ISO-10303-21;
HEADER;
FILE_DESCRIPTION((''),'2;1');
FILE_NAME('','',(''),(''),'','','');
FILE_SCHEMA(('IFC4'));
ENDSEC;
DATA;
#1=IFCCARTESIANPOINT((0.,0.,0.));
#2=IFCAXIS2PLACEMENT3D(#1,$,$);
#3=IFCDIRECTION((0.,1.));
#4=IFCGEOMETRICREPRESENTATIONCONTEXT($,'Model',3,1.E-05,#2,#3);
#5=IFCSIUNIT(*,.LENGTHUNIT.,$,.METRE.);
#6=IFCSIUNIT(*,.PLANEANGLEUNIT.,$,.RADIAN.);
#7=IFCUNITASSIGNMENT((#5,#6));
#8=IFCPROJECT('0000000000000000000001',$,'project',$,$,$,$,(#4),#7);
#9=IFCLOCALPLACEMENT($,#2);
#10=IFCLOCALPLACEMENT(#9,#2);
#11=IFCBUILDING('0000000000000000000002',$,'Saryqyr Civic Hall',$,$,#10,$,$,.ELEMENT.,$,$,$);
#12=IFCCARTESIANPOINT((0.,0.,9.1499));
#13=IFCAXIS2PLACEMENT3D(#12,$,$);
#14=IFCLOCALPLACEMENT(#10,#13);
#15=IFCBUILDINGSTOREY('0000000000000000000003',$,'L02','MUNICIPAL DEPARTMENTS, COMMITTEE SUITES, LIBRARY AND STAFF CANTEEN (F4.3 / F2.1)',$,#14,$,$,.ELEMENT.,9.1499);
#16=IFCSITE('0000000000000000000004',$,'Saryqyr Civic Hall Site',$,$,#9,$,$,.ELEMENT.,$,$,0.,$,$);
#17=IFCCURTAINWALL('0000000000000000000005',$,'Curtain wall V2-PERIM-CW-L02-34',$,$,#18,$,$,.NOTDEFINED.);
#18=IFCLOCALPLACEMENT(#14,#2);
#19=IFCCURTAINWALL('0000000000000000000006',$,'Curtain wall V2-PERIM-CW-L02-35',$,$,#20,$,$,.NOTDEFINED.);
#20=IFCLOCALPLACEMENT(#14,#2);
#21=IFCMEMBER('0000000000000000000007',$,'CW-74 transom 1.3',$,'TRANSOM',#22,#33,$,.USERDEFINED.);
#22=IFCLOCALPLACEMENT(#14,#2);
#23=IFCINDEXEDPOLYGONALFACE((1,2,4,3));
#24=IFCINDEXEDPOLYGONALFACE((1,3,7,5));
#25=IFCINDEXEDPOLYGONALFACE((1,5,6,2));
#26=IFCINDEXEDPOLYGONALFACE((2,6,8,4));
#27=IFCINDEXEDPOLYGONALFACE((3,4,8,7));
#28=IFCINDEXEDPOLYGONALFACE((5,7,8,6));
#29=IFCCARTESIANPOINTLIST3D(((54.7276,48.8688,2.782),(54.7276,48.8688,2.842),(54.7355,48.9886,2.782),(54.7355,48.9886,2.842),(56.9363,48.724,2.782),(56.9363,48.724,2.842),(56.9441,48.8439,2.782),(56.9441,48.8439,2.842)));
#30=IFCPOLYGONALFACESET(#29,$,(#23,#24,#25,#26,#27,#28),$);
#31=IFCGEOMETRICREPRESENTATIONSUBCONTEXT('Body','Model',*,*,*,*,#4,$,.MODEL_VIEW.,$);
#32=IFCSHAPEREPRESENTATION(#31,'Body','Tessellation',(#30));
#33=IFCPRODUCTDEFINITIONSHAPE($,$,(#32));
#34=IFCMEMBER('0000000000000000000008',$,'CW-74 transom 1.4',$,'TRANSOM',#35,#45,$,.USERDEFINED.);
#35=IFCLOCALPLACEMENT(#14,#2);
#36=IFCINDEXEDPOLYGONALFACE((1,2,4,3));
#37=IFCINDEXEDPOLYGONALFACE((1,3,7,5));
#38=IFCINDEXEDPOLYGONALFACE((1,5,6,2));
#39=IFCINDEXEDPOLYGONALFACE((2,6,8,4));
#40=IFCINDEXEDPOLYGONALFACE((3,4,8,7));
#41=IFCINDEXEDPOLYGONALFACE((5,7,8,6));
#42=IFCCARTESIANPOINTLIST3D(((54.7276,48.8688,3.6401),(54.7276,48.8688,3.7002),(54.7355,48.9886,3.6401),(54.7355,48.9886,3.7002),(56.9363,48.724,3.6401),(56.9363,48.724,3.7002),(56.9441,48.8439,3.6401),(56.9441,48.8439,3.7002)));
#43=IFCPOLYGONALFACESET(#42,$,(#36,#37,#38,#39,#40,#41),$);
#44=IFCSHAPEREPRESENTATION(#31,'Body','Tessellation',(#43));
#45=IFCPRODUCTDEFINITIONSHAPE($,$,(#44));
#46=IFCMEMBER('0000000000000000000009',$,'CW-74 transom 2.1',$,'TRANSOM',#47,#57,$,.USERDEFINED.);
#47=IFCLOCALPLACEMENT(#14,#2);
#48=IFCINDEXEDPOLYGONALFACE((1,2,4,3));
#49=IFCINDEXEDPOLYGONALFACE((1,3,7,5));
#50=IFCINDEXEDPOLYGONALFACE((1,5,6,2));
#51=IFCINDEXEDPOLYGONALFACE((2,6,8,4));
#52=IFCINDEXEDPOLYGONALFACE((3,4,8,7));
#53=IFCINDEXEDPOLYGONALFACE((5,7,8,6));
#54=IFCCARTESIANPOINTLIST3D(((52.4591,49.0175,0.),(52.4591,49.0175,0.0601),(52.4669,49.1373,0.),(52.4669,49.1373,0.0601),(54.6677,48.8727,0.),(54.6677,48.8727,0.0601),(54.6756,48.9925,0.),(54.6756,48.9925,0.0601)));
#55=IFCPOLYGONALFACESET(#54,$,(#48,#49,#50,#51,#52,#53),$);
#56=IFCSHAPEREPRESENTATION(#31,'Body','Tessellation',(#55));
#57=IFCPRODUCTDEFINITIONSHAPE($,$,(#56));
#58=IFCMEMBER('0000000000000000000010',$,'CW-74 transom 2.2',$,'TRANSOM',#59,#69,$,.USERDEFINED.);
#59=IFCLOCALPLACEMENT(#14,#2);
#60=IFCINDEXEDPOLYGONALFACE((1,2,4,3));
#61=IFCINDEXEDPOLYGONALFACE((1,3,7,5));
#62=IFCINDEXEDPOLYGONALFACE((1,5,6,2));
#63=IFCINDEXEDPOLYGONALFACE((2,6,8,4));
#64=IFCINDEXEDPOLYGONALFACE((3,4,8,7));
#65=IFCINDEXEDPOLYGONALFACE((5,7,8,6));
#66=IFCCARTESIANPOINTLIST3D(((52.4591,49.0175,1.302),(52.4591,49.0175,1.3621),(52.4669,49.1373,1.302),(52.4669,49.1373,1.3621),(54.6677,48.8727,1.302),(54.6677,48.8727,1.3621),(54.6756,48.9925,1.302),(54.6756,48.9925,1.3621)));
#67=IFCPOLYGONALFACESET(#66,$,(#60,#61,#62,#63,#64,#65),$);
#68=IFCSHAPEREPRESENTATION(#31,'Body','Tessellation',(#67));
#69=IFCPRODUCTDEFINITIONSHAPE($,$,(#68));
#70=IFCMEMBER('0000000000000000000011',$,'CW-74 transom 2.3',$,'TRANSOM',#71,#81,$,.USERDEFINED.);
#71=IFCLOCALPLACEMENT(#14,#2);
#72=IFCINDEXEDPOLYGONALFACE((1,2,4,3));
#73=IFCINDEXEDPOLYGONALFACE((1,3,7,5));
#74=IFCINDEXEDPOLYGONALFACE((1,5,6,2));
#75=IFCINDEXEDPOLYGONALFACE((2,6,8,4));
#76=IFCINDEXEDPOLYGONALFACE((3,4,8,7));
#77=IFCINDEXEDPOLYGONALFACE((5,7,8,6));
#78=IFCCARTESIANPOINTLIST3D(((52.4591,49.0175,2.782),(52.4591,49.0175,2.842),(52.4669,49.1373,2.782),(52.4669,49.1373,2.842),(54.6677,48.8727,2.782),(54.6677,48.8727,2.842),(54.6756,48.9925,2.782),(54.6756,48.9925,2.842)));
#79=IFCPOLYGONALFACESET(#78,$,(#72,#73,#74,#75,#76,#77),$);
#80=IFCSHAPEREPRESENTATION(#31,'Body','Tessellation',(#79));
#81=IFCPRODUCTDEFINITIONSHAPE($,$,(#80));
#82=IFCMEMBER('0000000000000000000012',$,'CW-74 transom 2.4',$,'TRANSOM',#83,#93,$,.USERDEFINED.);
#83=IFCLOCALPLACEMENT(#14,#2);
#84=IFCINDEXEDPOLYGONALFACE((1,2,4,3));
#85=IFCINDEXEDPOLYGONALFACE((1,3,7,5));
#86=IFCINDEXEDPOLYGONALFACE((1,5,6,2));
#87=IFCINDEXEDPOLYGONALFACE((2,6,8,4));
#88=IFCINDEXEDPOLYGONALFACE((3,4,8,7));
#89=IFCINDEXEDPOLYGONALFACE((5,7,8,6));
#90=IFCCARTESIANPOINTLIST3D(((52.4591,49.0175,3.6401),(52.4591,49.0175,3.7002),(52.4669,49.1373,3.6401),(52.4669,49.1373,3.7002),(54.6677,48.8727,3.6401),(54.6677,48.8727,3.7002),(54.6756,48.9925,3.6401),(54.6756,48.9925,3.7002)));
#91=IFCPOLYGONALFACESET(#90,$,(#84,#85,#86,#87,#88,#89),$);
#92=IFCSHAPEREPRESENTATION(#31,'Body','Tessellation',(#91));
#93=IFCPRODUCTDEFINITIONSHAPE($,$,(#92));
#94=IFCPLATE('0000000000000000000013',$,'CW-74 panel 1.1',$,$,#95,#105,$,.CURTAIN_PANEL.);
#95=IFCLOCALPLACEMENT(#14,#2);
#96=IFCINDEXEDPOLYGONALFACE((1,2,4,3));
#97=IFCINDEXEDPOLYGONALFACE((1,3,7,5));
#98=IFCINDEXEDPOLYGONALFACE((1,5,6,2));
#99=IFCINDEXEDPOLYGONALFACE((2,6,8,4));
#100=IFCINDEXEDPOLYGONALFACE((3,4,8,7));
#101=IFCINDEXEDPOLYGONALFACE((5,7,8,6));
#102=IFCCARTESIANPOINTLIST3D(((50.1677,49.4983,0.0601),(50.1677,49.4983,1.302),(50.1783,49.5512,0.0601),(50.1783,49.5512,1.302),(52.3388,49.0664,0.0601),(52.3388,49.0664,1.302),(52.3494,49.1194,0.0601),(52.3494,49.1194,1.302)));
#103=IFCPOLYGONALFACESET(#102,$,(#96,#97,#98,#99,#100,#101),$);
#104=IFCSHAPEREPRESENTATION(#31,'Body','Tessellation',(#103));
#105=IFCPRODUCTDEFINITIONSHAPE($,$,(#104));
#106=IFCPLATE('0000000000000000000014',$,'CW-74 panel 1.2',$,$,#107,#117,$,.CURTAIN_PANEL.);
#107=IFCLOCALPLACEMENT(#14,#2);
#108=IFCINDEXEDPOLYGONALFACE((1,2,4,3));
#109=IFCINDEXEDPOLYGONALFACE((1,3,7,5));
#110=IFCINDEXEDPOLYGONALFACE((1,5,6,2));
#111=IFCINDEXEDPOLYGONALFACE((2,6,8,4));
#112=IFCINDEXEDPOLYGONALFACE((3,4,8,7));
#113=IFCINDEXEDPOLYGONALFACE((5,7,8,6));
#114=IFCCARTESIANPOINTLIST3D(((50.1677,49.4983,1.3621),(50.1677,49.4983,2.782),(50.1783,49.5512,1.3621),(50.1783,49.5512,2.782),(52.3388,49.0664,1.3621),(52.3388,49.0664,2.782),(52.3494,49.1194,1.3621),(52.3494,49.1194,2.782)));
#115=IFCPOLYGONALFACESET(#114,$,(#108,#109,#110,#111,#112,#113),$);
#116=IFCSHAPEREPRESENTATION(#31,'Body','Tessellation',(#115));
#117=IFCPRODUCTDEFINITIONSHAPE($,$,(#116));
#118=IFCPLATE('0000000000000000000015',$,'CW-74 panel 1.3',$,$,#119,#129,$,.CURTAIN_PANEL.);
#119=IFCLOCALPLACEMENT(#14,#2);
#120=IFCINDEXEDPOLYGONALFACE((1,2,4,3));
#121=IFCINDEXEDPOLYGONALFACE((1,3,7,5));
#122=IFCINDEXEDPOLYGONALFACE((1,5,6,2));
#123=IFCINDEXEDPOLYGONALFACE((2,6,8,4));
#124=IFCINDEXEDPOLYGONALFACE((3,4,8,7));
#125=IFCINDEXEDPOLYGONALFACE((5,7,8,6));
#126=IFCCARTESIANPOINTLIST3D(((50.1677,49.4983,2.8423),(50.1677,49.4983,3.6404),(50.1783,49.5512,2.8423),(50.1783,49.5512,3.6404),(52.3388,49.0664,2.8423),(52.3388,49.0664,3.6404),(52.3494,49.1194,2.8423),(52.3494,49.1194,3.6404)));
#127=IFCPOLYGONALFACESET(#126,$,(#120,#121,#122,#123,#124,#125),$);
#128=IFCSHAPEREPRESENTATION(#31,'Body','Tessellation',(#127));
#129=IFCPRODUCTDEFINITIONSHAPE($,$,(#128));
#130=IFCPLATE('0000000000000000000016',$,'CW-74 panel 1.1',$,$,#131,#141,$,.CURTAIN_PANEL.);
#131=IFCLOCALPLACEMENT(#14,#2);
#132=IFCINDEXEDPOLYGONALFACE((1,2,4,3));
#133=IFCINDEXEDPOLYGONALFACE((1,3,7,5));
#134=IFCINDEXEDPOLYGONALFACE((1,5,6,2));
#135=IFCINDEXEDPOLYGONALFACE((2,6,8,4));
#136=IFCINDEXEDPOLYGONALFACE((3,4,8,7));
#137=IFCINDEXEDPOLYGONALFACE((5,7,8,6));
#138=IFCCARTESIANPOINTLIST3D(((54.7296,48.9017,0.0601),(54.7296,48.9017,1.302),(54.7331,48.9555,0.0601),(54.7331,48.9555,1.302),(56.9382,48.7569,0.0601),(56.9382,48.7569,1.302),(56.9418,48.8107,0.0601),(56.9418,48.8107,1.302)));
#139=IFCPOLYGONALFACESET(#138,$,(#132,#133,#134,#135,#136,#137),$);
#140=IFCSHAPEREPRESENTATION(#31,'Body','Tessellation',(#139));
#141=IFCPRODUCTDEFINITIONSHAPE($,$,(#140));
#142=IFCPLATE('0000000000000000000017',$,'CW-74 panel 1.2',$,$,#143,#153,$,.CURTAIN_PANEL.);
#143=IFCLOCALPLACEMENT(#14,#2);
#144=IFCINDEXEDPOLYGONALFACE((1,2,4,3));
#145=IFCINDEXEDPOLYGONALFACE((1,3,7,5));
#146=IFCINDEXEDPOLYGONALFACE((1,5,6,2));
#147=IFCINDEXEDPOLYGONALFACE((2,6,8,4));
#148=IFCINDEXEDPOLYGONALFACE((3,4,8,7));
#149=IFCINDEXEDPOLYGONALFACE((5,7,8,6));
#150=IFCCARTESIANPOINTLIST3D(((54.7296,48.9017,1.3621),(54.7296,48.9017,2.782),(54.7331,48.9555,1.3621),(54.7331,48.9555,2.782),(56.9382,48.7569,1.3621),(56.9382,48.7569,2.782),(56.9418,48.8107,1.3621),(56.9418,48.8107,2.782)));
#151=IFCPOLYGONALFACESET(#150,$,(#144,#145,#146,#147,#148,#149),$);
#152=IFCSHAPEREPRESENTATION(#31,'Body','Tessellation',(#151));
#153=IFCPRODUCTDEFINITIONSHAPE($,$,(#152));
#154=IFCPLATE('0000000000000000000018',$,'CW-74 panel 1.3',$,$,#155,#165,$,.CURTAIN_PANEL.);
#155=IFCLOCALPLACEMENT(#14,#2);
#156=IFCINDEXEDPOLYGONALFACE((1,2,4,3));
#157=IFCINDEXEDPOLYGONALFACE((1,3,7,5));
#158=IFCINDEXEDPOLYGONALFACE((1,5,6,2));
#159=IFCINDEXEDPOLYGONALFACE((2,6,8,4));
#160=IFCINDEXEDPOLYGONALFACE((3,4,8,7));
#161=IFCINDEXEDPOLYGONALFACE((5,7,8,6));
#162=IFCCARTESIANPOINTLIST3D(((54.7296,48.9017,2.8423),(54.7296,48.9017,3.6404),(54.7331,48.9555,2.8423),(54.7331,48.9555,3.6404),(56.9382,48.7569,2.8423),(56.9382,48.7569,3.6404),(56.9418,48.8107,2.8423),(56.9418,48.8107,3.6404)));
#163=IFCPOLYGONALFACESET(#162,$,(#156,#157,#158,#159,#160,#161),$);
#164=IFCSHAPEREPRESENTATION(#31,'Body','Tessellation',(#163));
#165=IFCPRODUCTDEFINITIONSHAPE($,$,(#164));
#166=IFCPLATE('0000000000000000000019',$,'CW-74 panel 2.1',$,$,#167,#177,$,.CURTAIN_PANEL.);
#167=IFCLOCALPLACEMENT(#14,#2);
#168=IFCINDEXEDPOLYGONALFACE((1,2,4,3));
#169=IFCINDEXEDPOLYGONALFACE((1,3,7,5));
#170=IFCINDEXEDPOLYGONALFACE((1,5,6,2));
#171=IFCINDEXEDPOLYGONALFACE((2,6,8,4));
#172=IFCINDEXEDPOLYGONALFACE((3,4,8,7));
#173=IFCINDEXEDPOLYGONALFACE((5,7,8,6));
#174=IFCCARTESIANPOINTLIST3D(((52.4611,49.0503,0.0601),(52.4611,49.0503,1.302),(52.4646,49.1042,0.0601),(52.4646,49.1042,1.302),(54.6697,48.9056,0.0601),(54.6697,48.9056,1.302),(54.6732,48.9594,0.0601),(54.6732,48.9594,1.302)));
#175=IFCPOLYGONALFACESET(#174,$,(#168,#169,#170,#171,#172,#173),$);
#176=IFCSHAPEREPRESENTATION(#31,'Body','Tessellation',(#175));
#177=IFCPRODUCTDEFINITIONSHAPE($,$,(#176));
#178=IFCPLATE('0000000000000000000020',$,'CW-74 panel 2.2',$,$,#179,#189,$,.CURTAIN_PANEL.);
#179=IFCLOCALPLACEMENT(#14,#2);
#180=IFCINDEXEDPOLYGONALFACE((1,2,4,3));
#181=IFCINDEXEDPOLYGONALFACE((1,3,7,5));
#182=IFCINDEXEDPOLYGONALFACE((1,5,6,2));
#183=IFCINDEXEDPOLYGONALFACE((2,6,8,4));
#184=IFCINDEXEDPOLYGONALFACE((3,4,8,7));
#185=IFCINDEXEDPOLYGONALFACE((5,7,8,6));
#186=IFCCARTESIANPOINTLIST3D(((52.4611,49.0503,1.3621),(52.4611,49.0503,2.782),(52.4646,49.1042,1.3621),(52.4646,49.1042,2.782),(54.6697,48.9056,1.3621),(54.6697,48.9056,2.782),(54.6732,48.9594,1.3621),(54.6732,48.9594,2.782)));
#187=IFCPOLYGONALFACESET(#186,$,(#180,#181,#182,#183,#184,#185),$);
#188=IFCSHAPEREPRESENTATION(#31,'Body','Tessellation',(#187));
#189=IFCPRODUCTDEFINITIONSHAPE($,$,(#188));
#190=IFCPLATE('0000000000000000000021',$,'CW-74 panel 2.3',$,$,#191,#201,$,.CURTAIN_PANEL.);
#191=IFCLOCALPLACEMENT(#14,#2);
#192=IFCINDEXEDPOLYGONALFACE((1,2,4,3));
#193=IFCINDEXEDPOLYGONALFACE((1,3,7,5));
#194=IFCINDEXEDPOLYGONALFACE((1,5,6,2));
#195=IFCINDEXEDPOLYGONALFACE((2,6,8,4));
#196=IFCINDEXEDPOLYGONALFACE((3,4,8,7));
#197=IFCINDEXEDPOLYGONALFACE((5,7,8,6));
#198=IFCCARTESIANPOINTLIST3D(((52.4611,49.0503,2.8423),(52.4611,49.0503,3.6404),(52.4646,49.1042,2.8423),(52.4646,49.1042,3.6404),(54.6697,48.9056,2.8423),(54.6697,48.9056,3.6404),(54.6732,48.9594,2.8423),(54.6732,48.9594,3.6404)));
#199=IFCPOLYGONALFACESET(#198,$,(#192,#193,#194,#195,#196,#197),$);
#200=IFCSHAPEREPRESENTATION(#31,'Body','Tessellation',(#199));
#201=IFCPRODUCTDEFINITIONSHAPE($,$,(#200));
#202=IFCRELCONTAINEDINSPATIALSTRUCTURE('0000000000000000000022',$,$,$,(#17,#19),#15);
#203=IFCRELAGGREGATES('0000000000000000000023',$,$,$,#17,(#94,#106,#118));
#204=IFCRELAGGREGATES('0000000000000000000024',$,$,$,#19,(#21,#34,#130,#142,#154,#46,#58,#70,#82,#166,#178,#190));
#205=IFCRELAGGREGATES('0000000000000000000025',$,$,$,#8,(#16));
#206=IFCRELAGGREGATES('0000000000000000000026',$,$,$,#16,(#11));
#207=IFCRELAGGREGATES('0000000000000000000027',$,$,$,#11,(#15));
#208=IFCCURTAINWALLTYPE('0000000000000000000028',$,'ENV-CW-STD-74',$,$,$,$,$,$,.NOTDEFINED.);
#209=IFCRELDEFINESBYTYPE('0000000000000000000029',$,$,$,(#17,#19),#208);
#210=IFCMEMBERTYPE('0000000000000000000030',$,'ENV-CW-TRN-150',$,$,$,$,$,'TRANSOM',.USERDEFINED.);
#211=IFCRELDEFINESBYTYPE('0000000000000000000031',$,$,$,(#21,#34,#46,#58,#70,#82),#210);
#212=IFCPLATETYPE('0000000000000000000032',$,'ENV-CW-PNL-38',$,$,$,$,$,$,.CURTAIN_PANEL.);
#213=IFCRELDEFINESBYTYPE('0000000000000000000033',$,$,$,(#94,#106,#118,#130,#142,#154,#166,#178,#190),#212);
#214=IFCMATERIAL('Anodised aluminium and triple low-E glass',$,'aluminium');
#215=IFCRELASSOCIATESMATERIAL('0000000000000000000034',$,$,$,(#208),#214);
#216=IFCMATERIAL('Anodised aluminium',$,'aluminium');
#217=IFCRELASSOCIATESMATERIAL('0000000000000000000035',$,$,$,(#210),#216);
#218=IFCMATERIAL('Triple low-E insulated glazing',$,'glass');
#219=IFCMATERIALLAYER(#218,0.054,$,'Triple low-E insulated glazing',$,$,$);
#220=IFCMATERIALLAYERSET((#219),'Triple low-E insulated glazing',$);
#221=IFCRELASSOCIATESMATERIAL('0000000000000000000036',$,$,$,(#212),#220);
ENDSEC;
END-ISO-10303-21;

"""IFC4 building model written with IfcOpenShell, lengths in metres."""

from ifc_helpers import new_model, si_unit, direction, frame, origin, origin_2d, place, context, subcontext, project, spatial, rectangle, extrude, material, layer, layer_set, material_profile, profile_set, type_object, element, aggregate, save


model = new_model("IFC4")

# Units and contexts
model_context = context("Model", 3, precision=1e-05, world=origin(), true_north=direction((0.0, 1.0)))
body_context = subcontext(model_context, "Body", "Model", "MODEL_VIEW")
ifc_project = project(units=[si_unit("LENGTHUNIT", "METRE"), si_unit("PLANEANGLEUNIT", "RADIAN")], contexts=[model_context])

# Site, building, storey
site_placement = place(None, origin())
site = spatial("IfcSite", under=ifc_project, at=site_placement, Name="Saryqyr Civic Hall Site", CompositionType="ELEMENT", RefElevation=0.0)
building_placement = place(site_placement, origin())
building = spatial("IfcBuilding", under=site, at=building_placement, Name="Saryqyr Civic Hall", CompositionType="ELEMENT")
storey_placement = place(building_placement, frame((0.0, 0.0, 9.1499)))
storey = spatial("IfcBuildingStorey", under=building, at=storey_placement, Name="L02", Description="MUNICIPAL DEPARTMENTS, COMMITTEE SUITES, LIBRARY AND STAFF CANTEEN (F4.3 / F2.1)", CompositionType="ELEMENT", Elevation=9.1499)

# Curtain walls
ifc_material_1 = material(Name="Anodised aluminium and triple low-E glass", Category="aluminium")
curtain_wall_type = type_object("IfcCurtainWallType", Name="ENV-CW-STD-74", PredefinedType="NOTDEFINED", material=ifc_material_1)
curtain_wall_1_placement = place(storey_placement, origin())
curtain_wall_1 = element("IfcCurtainWall", 1, at=curtain_wall_1_placement, inside=storey, type_object=curtain_wall_type, Name="Curtain wall V2-PERIM-CW-L02-34", PredefinedType="NOTDEFINED")
ifc_material_2 = material(Name="Anodised aluminium", Category="aluminium")
curtain_wall_2_placement = place(storey_placement, origin())
curtain_wall_2 = element("IfcCurtainWall", 2, at=curtain_wall_2_placement, inside=storey, type_object=curtain_wall_type, Name="Curtain wall V2-PERIM-CW-L02-35", PredefinedType="NOTDEFINED")

# Members
ifc_material_profile_1 = material_profile(ifc_material_2, rectangle(XDim=0.1201, YDim=0.0601, at=origin_2d()), Name="ALU TRANSOM 120x60")
ifc_profile_set_1 = profile_set([ifc_material_profile_1], Name="Anodised aluminium")
member_type_1 = type_object("IfcMemberType", Name="ENV-CW-TRN-150", ElementType="TRANSOM", PredefinedType="USERDEFINED", material=ifc_profile_set_1)
member_1_placement = place(storey_placement, frame((56.9402, 48.7839, 2.812), z_axis=(-0.997859, 0.065406, 0.0), x_axis=(-0.065406, -0.997859, 0.0)))
member_1 = element("IfcMember", 3, at=member_1_placement, type_object=member_type_1, Name="CW-74 transom 1.3", ObjectType="TRANSOM", PredefinedType="USERDEFINED", context=body_context, shape_type="SweptSolid", body=[
    extrude(rectangle(XDim=0.1201, YDim=0.0601, at=origin_2d()), origin(), (0.0, 0.0, 1.0), 2.2134),
])
member_2_placement = place(storey_placement, frame((56.9402, 48.7839, 3.6702), z_axis=(-0.997859, 0.065406, 0.0), x_axis=(-0.065406, -0.997859, 0.0)))
member_2 = element("IfcMember", 4, at=member_2_placement, type_object=member_type_1, Name="CW-74 transom 1.4", ObjectType="TRANSOM", PredefinedType="USERDEFINED", context=body_context, shape_type="SweptSolid", body=[
    extrude(rectangle(XDim=0.1201, YDim=0.0601, at=origin_2d()), origin(), (0.0, 0.0, 1.0), 2.2134),
])
member_3_placement = place(storey_placement, frame((54.6716, 48.9326, 0.03), z_axis=(-0.997859, 0.065406, 0.0), x_axis=(-0.065406, -0.997859, 0.0)))
member_3 = element("IfcMember", 5, at=member_3_placement, type_object=member_type_1, Name="CW-74 transom 2.1", ObjectType="TRANSOM", PredefinedType="USERDEFINED", context=body_context, shape_type="SweptSolid", body=[
    extrude(rectangle(XDim=0.1201, YDim=0.0601, at=origin_2d()), origin(), (0.0, 0.0, 1.0), 2.2134),
])
member_4_placement = place(storey_placement, frame((54.6716, 48.9326, 1.332), z_axis=(-0.997859, 0.065406, 0.0), x_axis=(-0.065406, -0.997859, 0.0)))
member_4 = element("IfcMember", 6, at=member_4_placement, type_object=member_type_1, Name="CW-74 transom 2.2", ObjectType="TRANSOM", PredefinedType="USERDEFINED", context=body_context, shape_type="SweptSolid", body=[
    extrude(rectangle(XDim=0.1201, YDim=0.0601, at=origin_2d()), origin(), (0.0, 0.0, 1.0), 2.2134),
])
member_5_placement = place(storey_placement, frame((54.6716, 48.9326, 2.812), z_axis=(-0.997859, 0.065406, 0.0), x_axis=(-0.065406, -0.997859, 0.0)))
member_5 = element("IfcMember", 7, at=member_5_placement, type_object=member_type_1, Name="CW-74 transom 2.3", ObjectType="TRANSOM", PredefinedType="USERDEFINED", context=body_context, shape_type="SweptSolid", body=[
    extrude(rectangle(XDim=0.1201, YDim=0.0601, at=origin_2d()), origin(), (0.0, 0.0, 1.0), 2.2134),
])
member_6_placement = place(storey_placement, frame((54.6716, 48.9326, 3.6702), z_axis=(-0.997859, 0.065406, 0.0), x_axis=(-0.065406, -0.997859, 0.0)))
member_6 = element("IfcMember", 8, at=member_6_placement, type_object=member_type_1, Name="CW-74 transom 2.4", ObjectType="TRANSOM", PredefinedType="USERDEFINED", context=body_context, shape_type="SweptSolid", body=[
    extrude(rectangle(XDim=0.1201, YDim=0.0601, at=origin_2d()), origin(), (0.0, 0.0, 1.0), 2.2134),
])

# Plates
ifc_material_3 = material(Name="Triple low-E insulated glazing", Category="glass")
ifc_layer_1 = layer(ifc_material_3, 0.054, Name="Triple low-E insulated glazing")
ifc_layer_set_1 = layer_set([ifc_layer_1], Name="Triple low-E insulated glazing")
plate_type = type_object("IfcPlateType", Name="ENV-CW-PNL-38", PredefinedType="CURTAIN_PANEL", material=ifc_layer_set_1)
plate_1_placement = place(storey_placement, frame((51.2585, 49.3088, 0.0601), z_axis=(0.0, 0.0, 1.0), x_axis=(-0.980785, 0.195093, 0.0)))
plate_1 = element("IfcPlate", 9, at=plate_1_placement, type_object=plate_type, Name="CW-74 panel 1.1", PredefinedType="CURTAIN_PANEL", context=body_context, shape_type="SweptSolid", body=[
    extrude(rectangle(XDim=2.2136, YDim=0.054, at=origin_2d()), origin(), (0.0, 0.0, 1.0), 1.2419),
])
plate_2_placement = place(storey_placement, frame((51.2585, 49.3088, 1.3621), z_axis=(0.0, 0.0, 1.0), x_axis=(-0.980785, 0.195093, 0.0)))
plate_2 = element("IfcPlate", 10, at=plate_2_placement, type_object=plate_type, Name="CW-74 panel 1.2", PredefinedType="CURTAIN_PANEL", context=body_context, shape_type="SweptSolid", body=[
    extrude(rectangle(XDim=2.2136, YDim=0.054, at=origin_2d()), origin(), (0.0, 0.0, 1.0), 1.4199),
])
plate_3_placement = place(storey_placement, frame((51.2585, 49.3088, 2.8423), z_axis=(0.0, 0.0, 1.0), x_axis=(-0.980785, 0.195093, 0.0)))
plate_3 = element("IfcPlate", 11, at=plate_3_placement, type_object=plate_type, Name="CW-74 panel 1.3", PredefinedType="CURTAIN_PANEL", context=body_context, shape_type="SweptSolid", body=[
    extrude(rectangle(XDim=2.2136, YDim=0.054, at=origin_2d()), origin(), (0.0, 0.0, 1.0), 0.7981),
])
aggregate(curtain_wall_1, [plate_1, plate_2, plate_3])
plate_4_placement = place(storey_placement, frame((55.8357, 48.8562, 0.0601), z_axis=(0.0, 0.0, 1.0), x_axis=(-0.997859, 0.065401, 0.0)))
plate_4 = element("IfcPlate", 12, at=plate_4_placement, type_object=plate_type, Name="CW-74 panel 1.1", PredefinedType="CURTAIN_PANEL", context=body_context, shape_type="SweptSolid", body=[
    extrude(rectangle(XDim=2.2134, YDim=0.054, at=origin_2d()), origin(), (0.0, 0.0, 1.0), 1.2419),
])
plate_5_placement = place(storey_placement, frame((55.8357, 48.8562, 1.3621), z_axis=(0.0, 0.0, 1.0), x_axis=(-0.997859, 0.065401, 0.0)))
plate_5 = element("IfcPlate", 13, at=plate_5_placement, type_object=plate_type, Name="CW-74 panel 1.2", PredefinedType="CURTAIN_PANEL", context=body_context, shape_type="SweptSolid", body=[
    extrude(rectangle(XDim=2.2134, YDim=0.054, at=origin_2d()), origin(), (0.0, 0.0, 1.0), 1.4199),
])
plate_6_placement = place(storey_placement, frame((55.8357, 48.8562, 2.8423), z_axis=(0.0, 0.0, 1.0), x_axis=(-0.997859, 0.065401, 0.0)))
plate_6 = element("IfcPlate", 14, at=plate_6_placement, type_object=plate_type, Name="CW-74 panel 1.3", PredefinedType="CURTAIN_PANEL", context=body_context, shape_type="SweptSolid", body=[
    extrude(rectangle(XDim=2.2134, YDim=0.054, at=origin_2d()), origin(), (0.0, 0.0, 1.0), 0.7981),
])
plate_7_placement = place(storey_placement, frame((53.5671, 49.0049, 0.0601), z_axis=(0.0, 0.0, 1.0), x_axis=(-0.997859, 0.065401, 0.0)))
plate_7 = element("IfcPlate", 15, at=plate_7_placement, type_object=plate_type, Name="CW-74 panel 2.1", PredefinedType="CURTAIN_PANEL", context=body_context, shape_type="SweptSolid", body=[
    extrude(rectangle(XDim=2.2134, YDim=0.054, at=origin_2d()), origin(), (0.0, 0.0, 1.0), 1.2419),
])
plate_8_placement = place(storey_placement, frame((53.5671, 49.0049, 1.3621), z_axis=(0.0, 0.0, 1.0), x_axis=(-0.997859, 0.065401, 0.0)))
plate_8 = element("IfcPlate", 16, at=plate_8_placement, type_object=plate_type, Name="CW-74 panel 2.2", PredefinedType="CURTAIN_PANEL", context=body_context, shape_type="SweptSolid", body=[
    extrude(rectangle(XDim=2.2134, YDim=0.054, at=origin_2d()), origin(), (0.0, 0.0, 1.0), 1.4199),
])
plate_9_placement = place(storey_placement, frame((53.5671, 49.0049, 2.8423), z_axis=(0.0, 0.0, 1.0), x_axis=(-0.997859, 0.065401, 0.0)))
plate_9 = element("IfcPlate", 17, at=plate_9_placement, type_object=plate_type, Name="CW-74 panel 2.3", PredefinedType="CURTAIN_PANEL", context=body_context, shape_type="SweptSolid", body=[
    extrude(rectangle(XDim=2.2134, YDim=0.054, at=origin_2d()), origin(), (0.0, 0.0, 1.0), 0.7981),
])
aggregate(curtain_wall_2, [member_1, member_2, plate_4, plate_5, plate_6, member_3, member_4, member_5, member_6, plate_7, plate_8, plate_9])

save(model, "model.ifc")
